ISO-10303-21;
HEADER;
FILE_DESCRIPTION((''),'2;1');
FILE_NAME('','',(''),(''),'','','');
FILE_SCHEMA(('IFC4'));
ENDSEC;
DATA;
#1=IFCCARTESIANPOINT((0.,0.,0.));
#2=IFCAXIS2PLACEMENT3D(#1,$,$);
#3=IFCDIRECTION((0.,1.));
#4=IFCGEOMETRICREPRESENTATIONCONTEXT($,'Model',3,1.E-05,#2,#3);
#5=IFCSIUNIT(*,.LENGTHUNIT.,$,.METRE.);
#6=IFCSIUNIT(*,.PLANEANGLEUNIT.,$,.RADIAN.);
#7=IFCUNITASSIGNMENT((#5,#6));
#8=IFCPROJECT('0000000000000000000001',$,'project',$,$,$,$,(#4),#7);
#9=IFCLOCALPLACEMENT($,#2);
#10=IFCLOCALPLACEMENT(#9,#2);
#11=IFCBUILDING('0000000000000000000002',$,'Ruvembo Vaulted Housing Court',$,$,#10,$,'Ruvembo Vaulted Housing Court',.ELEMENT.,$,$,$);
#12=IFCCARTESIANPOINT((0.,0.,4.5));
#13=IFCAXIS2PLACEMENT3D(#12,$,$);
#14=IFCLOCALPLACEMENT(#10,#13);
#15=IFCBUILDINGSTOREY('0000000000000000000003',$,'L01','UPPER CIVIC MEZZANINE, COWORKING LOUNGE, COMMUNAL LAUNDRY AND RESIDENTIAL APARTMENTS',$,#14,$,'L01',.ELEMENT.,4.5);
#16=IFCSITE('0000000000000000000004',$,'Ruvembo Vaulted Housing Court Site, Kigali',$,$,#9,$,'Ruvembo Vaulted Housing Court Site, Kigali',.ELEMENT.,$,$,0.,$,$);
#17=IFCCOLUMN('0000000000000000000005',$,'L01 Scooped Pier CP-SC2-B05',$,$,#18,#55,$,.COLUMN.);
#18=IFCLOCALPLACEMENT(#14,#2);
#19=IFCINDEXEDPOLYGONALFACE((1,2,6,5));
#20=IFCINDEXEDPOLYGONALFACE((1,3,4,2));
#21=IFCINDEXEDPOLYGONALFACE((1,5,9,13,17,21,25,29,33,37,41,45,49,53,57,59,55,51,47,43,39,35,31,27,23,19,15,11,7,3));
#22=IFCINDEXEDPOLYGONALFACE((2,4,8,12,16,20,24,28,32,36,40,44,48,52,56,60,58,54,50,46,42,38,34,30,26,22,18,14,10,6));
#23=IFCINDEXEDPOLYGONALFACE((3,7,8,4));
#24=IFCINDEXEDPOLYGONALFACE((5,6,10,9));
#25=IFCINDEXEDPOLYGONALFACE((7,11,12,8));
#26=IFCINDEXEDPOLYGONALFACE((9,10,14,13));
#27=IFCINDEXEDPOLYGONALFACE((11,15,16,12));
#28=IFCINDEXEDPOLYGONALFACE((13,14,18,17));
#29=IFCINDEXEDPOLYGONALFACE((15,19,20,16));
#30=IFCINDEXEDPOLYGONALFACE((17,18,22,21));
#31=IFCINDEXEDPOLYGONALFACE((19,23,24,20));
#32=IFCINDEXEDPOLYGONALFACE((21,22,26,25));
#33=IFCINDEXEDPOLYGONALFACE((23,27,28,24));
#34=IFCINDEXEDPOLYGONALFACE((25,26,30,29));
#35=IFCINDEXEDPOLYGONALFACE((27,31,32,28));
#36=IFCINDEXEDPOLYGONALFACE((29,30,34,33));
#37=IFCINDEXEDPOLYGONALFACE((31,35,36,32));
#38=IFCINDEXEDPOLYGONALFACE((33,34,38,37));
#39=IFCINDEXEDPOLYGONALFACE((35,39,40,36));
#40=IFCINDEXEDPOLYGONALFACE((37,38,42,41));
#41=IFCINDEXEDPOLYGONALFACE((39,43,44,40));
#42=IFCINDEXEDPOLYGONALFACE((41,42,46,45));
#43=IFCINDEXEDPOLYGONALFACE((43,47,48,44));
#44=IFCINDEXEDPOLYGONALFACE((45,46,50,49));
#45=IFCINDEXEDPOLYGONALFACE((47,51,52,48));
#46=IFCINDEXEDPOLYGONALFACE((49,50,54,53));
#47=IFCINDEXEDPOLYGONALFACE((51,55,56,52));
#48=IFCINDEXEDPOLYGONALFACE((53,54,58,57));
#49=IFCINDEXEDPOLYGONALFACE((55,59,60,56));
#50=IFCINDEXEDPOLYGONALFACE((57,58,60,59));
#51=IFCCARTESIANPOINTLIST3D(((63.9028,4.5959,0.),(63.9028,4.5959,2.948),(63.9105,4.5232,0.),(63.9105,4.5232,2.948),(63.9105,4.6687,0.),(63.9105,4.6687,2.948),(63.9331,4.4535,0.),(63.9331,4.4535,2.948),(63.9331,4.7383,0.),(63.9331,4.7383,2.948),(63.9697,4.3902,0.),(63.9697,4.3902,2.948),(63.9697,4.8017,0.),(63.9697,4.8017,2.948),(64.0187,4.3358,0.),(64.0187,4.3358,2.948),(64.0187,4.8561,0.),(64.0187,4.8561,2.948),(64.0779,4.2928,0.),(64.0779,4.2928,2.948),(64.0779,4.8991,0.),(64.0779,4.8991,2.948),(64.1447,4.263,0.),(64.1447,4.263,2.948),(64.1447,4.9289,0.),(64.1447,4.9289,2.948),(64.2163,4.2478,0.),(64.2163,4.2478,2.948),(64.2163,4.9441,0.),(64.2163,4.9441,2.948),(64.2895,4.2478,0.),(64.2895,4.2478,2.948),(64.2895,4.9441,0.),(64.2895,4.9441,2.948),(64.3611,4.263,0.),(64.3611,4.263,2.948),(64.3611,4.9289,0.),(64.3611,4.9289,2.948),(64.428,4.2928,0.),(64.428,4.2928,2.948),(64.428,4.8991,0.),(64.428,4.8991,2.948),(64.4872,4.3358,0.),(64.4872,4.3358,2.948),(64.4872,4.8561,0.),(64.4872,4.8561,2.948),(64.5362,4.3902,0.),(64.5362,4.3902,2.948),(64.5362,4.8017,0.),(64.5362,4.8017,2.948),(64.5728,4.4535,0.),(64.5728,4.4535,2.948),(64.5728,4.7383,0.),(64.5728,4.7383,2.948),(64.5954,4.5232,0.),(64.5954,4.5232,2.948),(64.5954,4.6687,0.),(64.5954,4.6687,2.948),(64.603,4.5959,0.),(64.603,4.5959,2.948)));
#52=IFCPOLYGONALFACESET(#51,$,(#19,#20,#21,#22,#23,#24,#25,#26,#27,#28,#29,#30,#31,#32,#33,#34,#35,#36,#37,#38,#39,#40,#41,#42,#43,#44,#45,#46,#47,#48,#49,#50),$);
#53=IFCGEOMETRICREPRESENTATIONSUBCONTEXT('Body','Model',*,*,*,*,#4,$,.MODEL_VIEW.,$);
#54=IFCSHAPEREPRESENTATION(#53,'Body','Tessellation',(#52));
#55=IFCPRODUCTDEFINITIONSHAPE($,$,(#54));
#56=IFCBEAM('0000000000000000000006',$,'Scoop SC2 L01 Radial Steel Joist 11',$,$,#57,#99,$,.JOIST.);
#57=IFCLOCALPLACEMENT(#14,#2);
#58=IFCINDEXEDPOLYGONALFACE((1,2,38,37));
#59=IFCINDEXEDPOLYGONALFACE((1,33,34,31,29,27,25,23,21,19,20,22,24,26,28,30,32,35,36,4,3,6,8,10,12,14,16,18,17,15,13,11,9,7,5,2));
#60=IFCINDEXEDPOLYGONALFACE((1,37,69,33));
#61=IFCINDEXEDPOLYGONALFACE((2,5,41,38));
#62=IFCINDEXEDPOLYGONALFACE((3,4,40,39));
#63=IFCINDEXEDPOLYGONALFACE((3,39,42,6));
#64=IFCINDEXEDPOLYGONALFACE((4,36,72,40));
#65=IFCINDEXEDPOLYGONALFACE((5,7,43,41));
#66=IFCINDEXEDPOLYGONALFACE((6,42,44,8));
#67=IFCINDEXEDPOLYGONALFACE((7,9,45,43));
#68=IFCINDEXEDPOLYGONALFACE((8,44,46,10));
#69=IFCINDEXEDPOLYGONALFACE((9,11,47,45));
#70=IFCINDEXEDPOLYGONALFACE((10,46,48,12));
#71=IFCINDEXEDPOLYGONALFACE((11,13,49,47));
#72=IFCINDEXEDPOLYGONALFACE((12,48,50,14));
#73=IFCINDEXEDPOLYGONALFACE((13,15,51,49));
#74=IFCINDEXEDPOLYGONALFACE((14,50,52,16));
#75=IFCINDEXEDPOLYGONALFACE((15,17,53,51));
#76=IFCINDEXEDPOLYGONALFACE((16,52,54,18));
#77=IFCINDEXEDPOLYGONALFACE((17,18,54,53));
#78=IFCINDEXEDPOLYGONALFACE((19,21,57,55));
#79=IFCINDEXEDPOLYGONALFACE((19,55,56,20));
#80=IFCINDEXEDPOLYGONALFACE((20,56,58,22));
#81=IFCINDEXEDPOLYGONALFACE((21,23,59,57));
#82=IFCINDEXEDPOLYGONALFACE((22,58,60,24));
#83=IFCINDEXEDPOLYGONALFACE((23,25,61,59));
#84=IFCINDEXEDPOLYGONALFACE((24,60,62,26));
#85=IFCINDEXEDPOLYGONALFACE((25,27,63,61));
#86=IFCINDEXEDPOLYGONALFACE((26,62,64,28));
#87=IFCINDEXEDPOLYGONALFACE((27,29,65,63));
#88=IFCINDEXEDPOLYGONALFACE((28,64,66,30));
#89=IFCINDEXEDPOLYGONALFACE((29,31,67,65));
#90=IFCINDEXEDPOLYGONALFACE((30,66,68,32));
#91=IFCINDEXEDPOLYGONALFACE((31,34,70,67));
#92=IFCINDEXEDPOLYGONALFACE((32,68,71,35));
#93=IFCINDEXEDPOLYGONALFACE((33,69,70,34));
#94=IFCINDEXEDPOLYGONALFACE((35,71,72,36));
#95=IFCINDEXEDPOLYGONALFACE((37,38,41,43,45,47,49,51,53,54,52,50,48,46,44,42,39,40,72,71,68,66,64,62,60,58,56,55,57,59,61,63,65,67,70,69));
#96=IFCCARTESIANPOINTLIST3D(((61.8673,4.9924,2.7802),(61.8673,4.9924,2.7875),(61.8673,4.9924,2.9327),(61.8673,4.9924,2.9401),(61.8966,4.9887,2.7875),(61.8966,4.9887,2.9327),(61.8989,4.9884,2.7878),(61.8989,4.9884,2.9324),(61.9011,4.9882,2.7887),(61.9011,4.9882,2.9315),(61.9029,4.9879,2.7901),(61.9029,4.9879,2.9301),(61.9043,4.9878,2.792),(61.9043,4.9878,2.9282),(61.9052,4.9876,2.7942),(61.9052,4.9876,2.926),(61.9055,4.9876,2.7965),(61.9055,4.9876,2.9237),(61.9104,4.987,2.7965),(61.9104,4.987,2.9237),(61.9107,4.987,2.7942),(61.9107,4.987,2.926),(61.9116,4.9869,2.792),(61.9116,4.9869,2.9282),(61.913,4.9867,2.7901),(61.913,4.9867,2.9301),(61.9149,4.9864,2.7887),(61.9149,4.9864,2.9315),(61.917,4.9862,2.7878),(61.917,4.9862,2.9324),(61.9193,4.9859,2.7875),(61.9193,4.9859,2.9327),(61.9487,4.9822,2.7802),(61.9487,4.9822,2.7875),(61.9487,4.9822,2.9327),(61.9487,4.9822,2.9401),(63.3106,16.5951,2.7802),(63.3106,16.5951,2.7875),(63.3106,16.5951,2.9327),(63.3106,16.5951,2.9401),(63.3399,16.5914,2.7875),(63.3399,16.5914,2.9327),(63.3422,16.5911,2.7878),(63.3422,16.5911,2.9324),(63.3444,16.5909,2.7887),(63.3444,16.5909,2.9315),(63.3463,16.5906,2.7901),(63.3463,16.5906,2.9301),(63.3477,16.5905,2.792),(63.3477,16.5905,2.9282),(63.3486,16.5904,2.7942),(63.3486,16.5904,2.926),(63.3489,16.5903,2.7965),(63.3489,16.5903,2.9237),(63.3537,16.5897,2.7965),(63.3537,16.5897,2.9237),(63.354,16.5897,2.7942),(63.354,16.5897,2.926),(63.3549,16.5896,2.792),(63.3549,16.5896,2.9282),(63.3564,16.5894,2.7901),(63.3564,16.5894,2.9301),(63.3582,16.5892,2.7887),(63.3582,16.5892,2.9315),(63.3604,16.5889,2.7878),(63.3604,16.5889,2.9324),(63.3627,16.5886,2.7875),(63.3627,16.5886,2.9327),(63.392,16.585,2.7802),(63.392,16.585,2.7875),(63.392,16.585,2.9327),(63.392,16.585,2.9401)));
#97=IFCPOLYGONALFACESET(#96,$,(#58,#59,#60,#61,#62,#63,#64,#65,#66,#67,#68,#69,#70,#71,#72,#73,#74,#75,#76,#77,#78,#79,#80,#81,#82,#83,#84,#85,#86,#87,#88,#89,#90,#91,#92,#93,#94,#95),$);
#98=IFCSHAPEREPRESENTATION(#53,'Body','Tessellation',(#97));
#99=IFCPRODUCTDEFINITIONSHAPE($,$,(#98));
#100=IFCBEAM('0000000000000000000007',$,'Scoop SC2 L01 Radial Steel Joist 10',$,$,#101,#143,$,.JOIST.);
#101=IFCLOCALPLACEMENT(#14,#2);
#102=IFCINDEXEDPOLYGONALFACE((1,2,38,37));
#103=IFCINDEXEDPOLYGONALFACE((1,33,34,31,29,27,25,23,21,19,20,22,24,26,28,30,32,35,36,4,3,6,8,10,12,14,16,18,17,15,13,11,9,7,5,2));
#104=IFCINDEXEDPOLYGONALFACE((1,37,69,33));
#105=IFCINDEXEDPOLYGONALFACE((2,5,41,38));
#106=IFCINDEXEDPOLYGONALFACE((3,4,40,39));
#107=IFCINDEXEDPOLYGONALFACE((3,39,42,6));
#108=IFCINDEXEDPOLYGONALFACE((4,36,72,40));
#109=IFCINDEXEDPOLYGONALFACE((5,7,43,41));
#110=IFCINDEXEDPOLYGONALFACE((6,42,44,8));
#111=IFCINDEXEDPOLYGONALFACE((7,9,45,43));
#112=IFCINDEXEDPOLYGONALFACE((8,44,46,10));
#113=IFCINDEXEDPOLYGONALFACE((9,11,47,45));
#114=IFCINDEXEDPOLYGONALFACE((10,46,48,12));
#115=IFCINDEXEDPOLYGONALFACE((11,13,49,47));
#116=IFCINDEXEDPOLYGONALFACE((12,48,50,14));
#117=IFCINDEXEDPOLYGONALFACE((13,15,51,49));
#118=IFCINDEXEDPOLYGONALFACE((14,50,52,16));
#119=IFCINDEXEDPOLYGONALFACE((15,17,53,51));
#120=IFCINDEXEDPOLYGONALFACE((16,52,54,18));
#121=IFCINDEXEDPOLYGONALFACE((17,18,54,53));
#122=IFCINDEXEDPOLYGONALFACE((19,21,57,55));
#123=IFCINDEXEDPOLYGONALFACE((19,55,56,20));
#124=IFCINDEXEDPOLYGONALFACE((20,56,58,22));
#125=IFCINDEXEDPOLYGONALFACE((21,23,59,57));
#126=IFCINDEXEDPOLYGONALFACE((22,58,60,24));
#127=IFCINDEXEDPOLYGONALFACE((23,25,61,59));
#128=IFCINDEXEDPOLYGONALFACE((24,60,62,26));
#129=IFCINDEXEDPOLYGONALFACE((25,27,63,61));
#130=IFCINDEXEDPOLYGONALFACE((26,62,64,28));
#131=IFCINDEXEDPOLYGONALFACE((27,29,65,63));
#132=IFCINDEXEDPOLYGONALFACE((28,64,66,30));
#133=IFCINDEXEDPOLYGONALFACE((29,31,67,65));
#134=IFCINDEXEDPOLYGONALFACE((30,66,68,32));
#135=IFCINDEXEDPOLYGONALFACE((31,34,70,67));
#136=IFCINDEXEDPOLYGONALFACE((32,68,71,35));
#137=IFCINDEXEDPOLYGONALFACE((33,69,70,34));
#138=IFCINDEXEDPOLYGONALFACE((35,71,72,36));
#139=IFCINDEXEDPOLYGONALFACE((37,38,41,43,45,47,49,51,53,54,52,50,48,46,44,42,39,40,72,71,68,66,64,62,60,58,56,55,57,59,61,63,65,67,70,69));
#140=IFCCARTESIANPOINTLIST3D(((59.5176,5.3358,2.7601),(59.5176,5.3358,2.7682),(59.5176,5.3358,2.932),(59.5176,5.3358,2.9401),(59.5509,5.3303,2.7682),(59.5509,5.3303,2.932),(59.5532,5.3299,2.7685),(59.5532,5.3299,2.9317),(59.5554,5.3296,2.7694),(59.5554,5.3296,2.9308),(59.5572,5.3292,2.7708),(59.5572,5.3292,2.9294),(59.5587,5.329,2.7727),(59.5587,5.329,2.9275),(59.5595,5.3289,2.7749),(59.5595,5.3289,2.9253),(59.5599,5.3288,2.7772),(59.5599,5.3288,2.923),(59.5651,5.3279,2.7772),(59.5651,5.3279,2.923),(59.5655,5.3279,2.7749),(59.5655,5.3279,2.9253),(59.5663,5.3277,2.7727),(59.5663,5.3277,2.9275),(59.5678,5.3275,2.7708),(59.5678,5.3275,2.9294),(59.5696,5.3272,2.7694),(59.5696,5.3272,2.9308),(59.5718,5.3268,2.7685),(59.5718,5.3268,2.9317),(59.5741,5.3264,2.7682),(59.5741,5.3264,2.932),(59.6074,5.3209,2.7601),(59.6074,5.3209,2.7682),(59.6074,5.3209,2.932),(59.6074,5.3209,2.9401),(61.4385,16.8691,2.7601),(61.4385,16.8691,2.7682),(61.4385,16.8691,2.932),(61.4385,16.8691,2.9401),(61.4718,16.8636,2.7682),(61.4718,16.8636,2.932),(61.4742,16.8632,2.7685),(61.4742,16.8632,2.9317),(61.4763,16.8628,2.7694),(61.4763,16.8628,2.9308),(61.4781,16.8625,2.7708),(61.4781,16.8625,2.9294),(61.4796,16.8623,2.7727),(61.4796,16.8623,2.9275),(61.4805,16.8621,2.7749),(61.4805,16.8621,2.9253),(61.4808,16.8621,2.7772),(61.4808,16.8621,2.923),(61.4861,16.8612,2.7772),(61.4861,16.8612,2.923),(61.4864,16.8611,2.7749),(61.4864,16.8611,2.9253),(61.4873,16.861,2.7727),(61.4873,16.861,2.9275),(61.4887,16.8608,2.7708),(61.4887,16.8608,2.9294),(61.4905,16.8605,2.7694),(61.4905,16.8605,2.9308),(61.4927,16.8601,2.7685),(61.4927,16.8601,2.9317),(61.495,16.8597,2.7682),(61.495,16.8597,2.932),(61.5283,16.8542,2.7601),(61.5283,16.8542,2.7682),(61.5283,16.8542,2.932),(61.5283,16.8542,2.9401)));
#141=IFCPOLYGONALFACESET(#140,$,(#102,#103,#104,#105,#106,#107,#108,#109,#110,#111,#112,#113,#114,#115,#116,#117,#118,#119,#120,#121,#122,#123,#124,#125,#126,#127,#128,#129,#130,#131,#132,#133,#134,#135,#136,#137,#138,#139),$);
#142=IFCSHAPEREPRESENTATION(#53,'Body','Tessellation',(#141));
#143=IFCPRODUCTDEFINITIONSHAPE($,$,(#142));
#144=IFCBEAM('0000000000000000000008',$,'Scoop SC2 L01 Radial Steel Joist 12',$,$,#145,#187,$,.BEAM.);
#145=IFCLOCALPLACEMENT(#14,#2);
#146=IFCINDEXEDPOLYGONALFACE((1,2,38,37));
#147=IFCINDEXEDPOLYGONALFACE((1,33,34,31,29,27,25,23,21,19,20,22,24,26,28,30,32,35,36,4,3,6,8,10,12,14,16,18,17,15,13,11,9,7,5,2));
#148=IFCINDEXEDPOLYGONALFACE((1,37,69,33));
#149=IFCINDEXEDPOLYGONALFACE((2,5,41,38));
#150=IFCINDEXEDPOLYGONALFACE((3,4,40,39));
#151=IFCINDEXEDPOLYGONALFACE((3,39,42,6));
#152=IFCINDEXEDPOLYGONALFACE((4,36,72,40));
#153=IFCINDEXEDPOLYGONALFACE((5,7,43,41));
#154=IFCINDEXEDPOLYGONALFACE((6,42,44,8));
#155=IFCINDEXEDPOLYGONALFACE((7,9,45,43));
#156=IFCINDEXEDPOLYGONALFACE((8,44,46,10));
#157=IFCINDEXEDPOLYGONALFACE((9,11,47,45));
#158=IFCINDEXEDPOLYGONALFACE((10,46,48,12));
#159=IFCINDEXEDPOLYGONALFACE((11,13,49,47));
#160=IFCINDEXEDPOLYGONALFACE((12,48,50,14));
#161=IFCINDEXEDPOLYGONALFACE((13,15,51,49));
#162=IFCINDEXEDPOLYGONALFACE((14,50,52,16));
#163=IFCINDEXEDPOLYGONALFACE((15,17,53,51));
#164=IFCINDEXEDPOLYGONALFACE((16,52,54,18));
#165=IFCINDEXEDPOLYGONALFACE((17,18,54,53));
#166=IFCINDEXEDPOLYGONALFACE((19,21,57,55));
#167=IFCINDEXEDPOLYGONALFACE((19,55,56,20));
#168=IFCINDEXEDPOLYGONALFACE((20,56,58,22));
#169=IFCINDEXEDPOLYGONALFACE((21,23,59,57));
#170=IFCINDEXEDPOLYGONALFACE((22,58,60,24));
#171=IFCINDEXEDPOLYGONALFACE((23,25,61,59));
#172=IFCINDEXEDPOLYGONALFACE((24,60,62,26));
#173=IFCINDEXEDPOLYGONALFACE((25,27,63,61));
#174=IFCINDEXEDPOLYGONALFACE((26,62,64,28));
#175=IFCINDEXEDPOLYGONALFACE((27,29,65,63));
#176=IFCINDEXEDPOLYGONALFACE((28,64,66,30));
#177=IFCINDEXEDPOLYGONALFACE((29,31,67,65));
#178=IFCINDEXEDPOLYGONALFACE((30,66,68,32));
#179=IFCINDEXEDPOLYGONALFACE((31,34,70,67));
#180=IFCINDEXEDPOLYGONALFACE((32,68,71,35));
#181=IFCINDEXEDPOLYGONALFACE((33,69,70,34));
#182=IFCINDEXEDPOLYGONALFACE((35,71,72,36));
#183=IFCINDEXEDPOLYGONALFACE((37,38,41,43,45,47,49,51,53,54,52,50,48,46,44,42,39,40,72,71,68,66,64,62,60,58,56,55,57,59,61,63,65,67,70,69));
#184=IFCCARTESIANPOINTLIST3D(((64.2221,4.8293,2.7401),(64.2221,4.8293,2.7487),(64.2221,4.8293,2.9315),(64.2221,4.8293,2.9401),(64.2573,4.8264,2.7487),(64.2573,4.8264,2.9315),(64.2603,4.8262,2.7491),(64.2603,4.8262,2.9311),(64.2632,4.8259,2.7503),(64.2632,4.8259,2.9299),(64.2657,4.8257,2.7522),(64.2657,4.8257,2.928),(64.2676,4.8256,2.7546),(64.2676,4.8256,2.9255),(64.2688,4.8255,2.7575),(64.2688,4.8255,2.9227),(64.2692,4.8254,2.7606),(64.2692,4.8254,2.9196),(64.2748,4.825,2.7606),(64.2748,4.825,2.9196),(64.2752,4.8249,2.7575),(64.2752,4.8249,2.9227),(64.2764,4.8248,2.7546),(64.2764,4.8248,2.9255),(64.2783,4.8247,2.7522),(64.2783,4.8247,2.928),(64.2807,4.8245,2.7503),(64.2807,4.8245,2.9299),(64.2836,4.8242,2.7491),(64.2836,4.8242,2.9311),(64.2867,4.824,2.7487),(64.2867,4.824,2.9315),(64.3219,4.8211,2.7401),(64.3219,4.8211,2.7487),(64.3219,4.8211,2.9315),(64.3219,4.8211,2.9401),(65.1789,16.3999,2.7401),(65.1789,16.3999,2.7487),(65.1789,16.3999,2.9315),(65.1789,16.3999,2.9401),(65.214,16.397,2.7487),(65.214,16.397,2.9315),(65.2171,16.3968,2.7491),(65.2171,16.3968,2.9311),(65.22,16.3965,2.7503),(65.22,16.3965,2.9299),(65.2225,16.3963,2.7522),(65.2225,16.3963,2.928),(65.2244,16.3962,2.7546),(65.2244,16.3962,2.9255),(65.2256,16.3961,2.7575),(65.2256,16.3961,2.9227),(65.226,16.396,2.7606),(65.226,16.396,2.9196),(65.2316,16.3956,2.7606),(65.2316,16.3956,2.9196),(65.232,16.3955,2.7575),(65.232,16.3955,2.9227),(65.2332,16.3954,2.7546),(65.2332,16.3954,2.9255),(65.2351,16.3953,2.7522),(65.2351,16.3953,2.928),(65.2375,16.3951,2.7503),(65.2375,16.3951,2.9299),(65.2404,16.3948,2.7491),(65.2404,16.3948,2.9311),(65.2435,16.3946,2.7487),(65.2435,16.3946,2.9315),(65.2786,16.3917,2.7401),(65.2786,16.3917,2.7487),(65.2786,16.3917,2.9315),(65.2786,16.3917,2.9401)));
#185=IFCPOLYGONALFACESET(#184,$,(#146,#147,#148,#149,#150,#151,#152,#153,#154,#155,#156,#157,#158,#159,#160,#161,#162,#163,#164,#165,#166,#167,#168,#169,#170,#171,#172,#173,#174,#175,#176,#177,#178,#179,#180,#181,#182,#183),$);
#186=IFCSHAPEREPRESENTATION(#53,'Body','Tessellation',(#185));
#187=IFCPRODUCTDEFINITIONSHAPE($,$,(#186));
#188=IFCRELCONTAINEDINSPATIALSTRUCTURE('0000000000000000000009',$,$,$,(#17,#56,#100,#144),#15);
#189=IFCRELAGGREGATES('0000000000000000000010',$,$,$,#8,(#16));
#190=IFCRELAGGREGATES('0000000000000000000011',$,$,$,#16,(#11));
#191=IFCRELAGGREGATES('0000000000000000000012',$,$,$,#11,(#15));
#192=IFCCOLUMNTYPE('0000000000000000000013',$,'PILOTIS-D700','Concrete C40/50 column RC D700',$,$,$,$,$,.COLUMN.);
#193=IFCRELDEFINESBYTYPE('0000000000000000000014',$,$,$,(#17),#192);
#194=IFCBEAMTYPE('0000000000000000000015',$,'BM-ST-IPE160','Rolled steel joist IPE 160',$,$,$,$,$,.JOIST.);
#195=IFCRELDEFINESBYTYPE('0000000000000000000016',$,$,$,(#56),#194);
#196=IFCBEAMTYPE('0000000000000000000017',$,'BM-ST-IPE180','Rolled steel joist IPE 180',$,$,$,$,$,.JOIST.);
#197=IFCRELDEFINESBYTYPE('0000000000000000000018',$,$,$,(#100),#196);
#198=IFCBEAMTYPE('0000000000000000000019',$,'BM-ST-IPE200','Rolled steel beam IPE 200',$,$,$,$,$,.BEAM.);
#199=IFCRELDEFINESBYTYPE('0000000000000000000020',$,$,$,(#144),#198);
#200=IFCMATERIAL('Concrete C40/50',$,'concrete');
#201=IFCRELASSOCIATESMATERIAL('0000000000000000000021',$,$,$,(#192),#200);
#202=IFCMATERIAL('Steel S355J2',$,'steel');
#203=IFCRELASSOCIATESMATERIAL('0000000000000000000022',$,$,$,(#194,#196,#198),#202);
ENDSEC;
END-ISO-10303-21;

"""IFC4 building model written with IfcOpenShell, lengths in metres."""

from ifc_helpers import new_model, si_unit, direction, frame, origin, origin_2d, place, context, subcontext, project, spatial, circle, i_section, extrude, material, material_profile, profile_set, type_object, element, save


model = new_model("IFC4")

# Units and contexts
model_context = context("Model", 3, precision=1e-05, world=origin(), true_north=direction((0.0, 1.0)))
body_context = subcontext(model_context, "Body", "Model", "MODEL_VIEW")
ifc_project = project(units=[si_unit("LENGTHUNIT", "METRE"), si_unit("PLANEANGLEUNIT", "RADIAN")], contexts=[model_context])

# Site, building, storey
site_placement = place(None, origin())
site = spatial("IfcSite", under=ifc_project, at=site_placement, Name="Ruvembo Vaulted Housing Court Site, Kigali", LongName="Ruvembo Vaulted Housing Court Site, Kigali", CompositionType="ELEMENT", RefElevation=0.0)
building_placement = place(site_placement, origin())
building = spatial("IfcBuilding", under=site, at=building_placement, Name="Ruvembo Vaulted Housing Court", LongName="Ruvembo Vaulted Housing Court", CompositionType="ELEMENT")
storey_placement = place(building_placement, frame((0.0, 0.0, 4.5)))
storey = spatial("IfcBuildingStorey", under=building, at=storey_placement, Name="L01", Description="UPPER CIVIC MEZZANINE, COWORKING LOUNGE, COMMUNAL LAUNDRY AND RESIDENTIAL APARTMENTS", LongName="L01", CompositionType="ELEMENT", Elevation=4.5)

# Column
ifc_material_1 = material(Name="Concrete C40/50", Category="concrete")
ifc_material_profile_1 = material_profile(ifc_material_1, circle(Radius=0.3501, at=origin_2d()), Name="RC D700")
ifc_profile_set_1 = profile_set([ifc_material_profile_1], Name="Concrete C40/50")
column_type = type_object("IfcColumnType", Name="PILOTIS-D700", Description="Concrete C40/50 column RC D700", PredefinedType="COLUMN", material=ifc_profile_set_1)
column_placement = place(storey_placement, frame((64.2529, 4.5959, 0.0), z_axis=(0.0, 0.0, 1.0), x_axis=(1.0, 0.0, 0.0)))
element("IfcColumn", 1, at=column_placement, inside=storey, type_object=column_type, Name="L01 Scooped Pier CP-SC2-B05", PredefinedType="COLUMN", context=body_context, shape_type="SweptSolid", body=[
    extrude(circle(Radius=0.3501, at=origin_2d()), origin(), (0.0, 0.0, 1.0), 2.948),
])

# Beams
ifc_material_2 = material(Name="Steel S355J2", Category="steel")
ifc_material_profile_2 = material_profile(ifc_material_2, i_section(OverallWidth=0.082, OverallDepth=0.1599, WebThickness=0.0049, FlangeThickness=0.0073, FilletRadius=0.009, at=origin_2d()), Name="IPE 160")
ifc_profile_set_2 = profile_set([ifc_material_profile_2], Name="Steel S355J2")
beam_type_1 = type_object("IfcBeamType", Name="BM-ST-IPE160", Description="Rolled steel joist IPE 160", PredefinedType="JOIST", material=ifc_profile_set_2)
beam_1_placement = place(storey_placement, frame((61.908, 4.9873, 2.8601), z_axis=(0.123446, 0.992351, 0.0), x_axis=(-0.992351, 0.123446, 0.0)))
element("IfcBeam", 2, at=beam_1_placement, inside=storey, type_object=beam_type_1, Name="Scoop SC2 L01 Radial Steel Joist 11", PredefinedType="JOIST", context=body_context, shape_type="SweptSolid", body=[
    extrude(i_section(OverallWidth=0.082, OverallDepth=0.1599, WebThickness=0.0049, FlangeThickness=0.0073, FilletRadius=0.009, at=origin_2d()), origin(), (0.0, 0.0, 1.0), 11.6921),
])
ifc_material_profile_3 = material_profile(ifc_material_2, i_section(OverallWidth=0.0911, OverallDepth=0.1799, WebThickness=0.0054, FlangeThickness=0.0081, FilletRadius=0.009, at=origin_2d()), Name="IPE 180")
ifc_profile_set_3 = profile_set([ifc_material_profile_3], Name="Steel S355J2")
beam_type_2 = type_object("IfcBeamType", Name="BM-ST-IPE180", Description="Rolled steel joist IPE 180", PredefinedType="JOIST", material=ifc_profile_set_3)
beam_2_placement = place(storey_placement, frame((59.5625, 5.3284, 2.8501), z_axis=(0.164291, 0.986412, 0.0), x_axis=(-0.986412, 0.164291, 0.0)))
element("IfcBeam", 3, at=beam_2_placement, inside=storey, type_object=beam_type_2, Name="Scoop SC2 L01 Radial Steel Joist 10", PredefinedType="JOIST", context=body_context, shape_type="SweptSolid", body=[
    extrude(i_section(OverallWidth=0.0911, OverallDepth=0.1799, WebThickness=0.0054, FlangeThickness=0.0081, FilletRadius=0.009, at=origin_2d()), origin(), (0.0, 0.0, 1.0), 11.6921),
])
ifc_material_profile_4 = material_profile(ifc_material_2, i_section(OverallWidth=0.1001, OverallDepth=0.2, WebThickness=0.0056, FlangeThickness=0.0085, FilletRadius=0.012, at=origin_2d()), Name="IPE 200")
ifc_profile_set_4 = profile_set([ifc_material_profile_4], Name="Steel S355J2")
beam_type_3 = type_object("IfcBeamType", Name="BM-ST-IPE200", Description="Rolled steel beam IPE 200", PredefinedType="BEAM", material=ifc_profile_set_4)
beam_3_placement = place(storey_placement, frame((64.272, 4.8252, 2.8401), z_axis=(0.08241, 0.996598, 0.0), x_axis=(-0.996598, 0.08241, 0.0)))
element("IfcBeam", 4, at=beam_3_placement, inside=storey, type_object=beam_type_3, Name="Scoop SC2 L01 Radial Steel Joist 12", PredefinedType="BEAM", context=body_context, shape_type="SweptSolid", body=[
    extrude(i_section(OverallWidth=0.1001, OverallDepth=0.2, WebThickness=0.0056, FlangeThickness=0.0085, FilletRadius=0.012, at=origin_2d()), origin(), (0.0, 0.0, 1.0), 11.6101),
])

save(model, "model.ifc")
